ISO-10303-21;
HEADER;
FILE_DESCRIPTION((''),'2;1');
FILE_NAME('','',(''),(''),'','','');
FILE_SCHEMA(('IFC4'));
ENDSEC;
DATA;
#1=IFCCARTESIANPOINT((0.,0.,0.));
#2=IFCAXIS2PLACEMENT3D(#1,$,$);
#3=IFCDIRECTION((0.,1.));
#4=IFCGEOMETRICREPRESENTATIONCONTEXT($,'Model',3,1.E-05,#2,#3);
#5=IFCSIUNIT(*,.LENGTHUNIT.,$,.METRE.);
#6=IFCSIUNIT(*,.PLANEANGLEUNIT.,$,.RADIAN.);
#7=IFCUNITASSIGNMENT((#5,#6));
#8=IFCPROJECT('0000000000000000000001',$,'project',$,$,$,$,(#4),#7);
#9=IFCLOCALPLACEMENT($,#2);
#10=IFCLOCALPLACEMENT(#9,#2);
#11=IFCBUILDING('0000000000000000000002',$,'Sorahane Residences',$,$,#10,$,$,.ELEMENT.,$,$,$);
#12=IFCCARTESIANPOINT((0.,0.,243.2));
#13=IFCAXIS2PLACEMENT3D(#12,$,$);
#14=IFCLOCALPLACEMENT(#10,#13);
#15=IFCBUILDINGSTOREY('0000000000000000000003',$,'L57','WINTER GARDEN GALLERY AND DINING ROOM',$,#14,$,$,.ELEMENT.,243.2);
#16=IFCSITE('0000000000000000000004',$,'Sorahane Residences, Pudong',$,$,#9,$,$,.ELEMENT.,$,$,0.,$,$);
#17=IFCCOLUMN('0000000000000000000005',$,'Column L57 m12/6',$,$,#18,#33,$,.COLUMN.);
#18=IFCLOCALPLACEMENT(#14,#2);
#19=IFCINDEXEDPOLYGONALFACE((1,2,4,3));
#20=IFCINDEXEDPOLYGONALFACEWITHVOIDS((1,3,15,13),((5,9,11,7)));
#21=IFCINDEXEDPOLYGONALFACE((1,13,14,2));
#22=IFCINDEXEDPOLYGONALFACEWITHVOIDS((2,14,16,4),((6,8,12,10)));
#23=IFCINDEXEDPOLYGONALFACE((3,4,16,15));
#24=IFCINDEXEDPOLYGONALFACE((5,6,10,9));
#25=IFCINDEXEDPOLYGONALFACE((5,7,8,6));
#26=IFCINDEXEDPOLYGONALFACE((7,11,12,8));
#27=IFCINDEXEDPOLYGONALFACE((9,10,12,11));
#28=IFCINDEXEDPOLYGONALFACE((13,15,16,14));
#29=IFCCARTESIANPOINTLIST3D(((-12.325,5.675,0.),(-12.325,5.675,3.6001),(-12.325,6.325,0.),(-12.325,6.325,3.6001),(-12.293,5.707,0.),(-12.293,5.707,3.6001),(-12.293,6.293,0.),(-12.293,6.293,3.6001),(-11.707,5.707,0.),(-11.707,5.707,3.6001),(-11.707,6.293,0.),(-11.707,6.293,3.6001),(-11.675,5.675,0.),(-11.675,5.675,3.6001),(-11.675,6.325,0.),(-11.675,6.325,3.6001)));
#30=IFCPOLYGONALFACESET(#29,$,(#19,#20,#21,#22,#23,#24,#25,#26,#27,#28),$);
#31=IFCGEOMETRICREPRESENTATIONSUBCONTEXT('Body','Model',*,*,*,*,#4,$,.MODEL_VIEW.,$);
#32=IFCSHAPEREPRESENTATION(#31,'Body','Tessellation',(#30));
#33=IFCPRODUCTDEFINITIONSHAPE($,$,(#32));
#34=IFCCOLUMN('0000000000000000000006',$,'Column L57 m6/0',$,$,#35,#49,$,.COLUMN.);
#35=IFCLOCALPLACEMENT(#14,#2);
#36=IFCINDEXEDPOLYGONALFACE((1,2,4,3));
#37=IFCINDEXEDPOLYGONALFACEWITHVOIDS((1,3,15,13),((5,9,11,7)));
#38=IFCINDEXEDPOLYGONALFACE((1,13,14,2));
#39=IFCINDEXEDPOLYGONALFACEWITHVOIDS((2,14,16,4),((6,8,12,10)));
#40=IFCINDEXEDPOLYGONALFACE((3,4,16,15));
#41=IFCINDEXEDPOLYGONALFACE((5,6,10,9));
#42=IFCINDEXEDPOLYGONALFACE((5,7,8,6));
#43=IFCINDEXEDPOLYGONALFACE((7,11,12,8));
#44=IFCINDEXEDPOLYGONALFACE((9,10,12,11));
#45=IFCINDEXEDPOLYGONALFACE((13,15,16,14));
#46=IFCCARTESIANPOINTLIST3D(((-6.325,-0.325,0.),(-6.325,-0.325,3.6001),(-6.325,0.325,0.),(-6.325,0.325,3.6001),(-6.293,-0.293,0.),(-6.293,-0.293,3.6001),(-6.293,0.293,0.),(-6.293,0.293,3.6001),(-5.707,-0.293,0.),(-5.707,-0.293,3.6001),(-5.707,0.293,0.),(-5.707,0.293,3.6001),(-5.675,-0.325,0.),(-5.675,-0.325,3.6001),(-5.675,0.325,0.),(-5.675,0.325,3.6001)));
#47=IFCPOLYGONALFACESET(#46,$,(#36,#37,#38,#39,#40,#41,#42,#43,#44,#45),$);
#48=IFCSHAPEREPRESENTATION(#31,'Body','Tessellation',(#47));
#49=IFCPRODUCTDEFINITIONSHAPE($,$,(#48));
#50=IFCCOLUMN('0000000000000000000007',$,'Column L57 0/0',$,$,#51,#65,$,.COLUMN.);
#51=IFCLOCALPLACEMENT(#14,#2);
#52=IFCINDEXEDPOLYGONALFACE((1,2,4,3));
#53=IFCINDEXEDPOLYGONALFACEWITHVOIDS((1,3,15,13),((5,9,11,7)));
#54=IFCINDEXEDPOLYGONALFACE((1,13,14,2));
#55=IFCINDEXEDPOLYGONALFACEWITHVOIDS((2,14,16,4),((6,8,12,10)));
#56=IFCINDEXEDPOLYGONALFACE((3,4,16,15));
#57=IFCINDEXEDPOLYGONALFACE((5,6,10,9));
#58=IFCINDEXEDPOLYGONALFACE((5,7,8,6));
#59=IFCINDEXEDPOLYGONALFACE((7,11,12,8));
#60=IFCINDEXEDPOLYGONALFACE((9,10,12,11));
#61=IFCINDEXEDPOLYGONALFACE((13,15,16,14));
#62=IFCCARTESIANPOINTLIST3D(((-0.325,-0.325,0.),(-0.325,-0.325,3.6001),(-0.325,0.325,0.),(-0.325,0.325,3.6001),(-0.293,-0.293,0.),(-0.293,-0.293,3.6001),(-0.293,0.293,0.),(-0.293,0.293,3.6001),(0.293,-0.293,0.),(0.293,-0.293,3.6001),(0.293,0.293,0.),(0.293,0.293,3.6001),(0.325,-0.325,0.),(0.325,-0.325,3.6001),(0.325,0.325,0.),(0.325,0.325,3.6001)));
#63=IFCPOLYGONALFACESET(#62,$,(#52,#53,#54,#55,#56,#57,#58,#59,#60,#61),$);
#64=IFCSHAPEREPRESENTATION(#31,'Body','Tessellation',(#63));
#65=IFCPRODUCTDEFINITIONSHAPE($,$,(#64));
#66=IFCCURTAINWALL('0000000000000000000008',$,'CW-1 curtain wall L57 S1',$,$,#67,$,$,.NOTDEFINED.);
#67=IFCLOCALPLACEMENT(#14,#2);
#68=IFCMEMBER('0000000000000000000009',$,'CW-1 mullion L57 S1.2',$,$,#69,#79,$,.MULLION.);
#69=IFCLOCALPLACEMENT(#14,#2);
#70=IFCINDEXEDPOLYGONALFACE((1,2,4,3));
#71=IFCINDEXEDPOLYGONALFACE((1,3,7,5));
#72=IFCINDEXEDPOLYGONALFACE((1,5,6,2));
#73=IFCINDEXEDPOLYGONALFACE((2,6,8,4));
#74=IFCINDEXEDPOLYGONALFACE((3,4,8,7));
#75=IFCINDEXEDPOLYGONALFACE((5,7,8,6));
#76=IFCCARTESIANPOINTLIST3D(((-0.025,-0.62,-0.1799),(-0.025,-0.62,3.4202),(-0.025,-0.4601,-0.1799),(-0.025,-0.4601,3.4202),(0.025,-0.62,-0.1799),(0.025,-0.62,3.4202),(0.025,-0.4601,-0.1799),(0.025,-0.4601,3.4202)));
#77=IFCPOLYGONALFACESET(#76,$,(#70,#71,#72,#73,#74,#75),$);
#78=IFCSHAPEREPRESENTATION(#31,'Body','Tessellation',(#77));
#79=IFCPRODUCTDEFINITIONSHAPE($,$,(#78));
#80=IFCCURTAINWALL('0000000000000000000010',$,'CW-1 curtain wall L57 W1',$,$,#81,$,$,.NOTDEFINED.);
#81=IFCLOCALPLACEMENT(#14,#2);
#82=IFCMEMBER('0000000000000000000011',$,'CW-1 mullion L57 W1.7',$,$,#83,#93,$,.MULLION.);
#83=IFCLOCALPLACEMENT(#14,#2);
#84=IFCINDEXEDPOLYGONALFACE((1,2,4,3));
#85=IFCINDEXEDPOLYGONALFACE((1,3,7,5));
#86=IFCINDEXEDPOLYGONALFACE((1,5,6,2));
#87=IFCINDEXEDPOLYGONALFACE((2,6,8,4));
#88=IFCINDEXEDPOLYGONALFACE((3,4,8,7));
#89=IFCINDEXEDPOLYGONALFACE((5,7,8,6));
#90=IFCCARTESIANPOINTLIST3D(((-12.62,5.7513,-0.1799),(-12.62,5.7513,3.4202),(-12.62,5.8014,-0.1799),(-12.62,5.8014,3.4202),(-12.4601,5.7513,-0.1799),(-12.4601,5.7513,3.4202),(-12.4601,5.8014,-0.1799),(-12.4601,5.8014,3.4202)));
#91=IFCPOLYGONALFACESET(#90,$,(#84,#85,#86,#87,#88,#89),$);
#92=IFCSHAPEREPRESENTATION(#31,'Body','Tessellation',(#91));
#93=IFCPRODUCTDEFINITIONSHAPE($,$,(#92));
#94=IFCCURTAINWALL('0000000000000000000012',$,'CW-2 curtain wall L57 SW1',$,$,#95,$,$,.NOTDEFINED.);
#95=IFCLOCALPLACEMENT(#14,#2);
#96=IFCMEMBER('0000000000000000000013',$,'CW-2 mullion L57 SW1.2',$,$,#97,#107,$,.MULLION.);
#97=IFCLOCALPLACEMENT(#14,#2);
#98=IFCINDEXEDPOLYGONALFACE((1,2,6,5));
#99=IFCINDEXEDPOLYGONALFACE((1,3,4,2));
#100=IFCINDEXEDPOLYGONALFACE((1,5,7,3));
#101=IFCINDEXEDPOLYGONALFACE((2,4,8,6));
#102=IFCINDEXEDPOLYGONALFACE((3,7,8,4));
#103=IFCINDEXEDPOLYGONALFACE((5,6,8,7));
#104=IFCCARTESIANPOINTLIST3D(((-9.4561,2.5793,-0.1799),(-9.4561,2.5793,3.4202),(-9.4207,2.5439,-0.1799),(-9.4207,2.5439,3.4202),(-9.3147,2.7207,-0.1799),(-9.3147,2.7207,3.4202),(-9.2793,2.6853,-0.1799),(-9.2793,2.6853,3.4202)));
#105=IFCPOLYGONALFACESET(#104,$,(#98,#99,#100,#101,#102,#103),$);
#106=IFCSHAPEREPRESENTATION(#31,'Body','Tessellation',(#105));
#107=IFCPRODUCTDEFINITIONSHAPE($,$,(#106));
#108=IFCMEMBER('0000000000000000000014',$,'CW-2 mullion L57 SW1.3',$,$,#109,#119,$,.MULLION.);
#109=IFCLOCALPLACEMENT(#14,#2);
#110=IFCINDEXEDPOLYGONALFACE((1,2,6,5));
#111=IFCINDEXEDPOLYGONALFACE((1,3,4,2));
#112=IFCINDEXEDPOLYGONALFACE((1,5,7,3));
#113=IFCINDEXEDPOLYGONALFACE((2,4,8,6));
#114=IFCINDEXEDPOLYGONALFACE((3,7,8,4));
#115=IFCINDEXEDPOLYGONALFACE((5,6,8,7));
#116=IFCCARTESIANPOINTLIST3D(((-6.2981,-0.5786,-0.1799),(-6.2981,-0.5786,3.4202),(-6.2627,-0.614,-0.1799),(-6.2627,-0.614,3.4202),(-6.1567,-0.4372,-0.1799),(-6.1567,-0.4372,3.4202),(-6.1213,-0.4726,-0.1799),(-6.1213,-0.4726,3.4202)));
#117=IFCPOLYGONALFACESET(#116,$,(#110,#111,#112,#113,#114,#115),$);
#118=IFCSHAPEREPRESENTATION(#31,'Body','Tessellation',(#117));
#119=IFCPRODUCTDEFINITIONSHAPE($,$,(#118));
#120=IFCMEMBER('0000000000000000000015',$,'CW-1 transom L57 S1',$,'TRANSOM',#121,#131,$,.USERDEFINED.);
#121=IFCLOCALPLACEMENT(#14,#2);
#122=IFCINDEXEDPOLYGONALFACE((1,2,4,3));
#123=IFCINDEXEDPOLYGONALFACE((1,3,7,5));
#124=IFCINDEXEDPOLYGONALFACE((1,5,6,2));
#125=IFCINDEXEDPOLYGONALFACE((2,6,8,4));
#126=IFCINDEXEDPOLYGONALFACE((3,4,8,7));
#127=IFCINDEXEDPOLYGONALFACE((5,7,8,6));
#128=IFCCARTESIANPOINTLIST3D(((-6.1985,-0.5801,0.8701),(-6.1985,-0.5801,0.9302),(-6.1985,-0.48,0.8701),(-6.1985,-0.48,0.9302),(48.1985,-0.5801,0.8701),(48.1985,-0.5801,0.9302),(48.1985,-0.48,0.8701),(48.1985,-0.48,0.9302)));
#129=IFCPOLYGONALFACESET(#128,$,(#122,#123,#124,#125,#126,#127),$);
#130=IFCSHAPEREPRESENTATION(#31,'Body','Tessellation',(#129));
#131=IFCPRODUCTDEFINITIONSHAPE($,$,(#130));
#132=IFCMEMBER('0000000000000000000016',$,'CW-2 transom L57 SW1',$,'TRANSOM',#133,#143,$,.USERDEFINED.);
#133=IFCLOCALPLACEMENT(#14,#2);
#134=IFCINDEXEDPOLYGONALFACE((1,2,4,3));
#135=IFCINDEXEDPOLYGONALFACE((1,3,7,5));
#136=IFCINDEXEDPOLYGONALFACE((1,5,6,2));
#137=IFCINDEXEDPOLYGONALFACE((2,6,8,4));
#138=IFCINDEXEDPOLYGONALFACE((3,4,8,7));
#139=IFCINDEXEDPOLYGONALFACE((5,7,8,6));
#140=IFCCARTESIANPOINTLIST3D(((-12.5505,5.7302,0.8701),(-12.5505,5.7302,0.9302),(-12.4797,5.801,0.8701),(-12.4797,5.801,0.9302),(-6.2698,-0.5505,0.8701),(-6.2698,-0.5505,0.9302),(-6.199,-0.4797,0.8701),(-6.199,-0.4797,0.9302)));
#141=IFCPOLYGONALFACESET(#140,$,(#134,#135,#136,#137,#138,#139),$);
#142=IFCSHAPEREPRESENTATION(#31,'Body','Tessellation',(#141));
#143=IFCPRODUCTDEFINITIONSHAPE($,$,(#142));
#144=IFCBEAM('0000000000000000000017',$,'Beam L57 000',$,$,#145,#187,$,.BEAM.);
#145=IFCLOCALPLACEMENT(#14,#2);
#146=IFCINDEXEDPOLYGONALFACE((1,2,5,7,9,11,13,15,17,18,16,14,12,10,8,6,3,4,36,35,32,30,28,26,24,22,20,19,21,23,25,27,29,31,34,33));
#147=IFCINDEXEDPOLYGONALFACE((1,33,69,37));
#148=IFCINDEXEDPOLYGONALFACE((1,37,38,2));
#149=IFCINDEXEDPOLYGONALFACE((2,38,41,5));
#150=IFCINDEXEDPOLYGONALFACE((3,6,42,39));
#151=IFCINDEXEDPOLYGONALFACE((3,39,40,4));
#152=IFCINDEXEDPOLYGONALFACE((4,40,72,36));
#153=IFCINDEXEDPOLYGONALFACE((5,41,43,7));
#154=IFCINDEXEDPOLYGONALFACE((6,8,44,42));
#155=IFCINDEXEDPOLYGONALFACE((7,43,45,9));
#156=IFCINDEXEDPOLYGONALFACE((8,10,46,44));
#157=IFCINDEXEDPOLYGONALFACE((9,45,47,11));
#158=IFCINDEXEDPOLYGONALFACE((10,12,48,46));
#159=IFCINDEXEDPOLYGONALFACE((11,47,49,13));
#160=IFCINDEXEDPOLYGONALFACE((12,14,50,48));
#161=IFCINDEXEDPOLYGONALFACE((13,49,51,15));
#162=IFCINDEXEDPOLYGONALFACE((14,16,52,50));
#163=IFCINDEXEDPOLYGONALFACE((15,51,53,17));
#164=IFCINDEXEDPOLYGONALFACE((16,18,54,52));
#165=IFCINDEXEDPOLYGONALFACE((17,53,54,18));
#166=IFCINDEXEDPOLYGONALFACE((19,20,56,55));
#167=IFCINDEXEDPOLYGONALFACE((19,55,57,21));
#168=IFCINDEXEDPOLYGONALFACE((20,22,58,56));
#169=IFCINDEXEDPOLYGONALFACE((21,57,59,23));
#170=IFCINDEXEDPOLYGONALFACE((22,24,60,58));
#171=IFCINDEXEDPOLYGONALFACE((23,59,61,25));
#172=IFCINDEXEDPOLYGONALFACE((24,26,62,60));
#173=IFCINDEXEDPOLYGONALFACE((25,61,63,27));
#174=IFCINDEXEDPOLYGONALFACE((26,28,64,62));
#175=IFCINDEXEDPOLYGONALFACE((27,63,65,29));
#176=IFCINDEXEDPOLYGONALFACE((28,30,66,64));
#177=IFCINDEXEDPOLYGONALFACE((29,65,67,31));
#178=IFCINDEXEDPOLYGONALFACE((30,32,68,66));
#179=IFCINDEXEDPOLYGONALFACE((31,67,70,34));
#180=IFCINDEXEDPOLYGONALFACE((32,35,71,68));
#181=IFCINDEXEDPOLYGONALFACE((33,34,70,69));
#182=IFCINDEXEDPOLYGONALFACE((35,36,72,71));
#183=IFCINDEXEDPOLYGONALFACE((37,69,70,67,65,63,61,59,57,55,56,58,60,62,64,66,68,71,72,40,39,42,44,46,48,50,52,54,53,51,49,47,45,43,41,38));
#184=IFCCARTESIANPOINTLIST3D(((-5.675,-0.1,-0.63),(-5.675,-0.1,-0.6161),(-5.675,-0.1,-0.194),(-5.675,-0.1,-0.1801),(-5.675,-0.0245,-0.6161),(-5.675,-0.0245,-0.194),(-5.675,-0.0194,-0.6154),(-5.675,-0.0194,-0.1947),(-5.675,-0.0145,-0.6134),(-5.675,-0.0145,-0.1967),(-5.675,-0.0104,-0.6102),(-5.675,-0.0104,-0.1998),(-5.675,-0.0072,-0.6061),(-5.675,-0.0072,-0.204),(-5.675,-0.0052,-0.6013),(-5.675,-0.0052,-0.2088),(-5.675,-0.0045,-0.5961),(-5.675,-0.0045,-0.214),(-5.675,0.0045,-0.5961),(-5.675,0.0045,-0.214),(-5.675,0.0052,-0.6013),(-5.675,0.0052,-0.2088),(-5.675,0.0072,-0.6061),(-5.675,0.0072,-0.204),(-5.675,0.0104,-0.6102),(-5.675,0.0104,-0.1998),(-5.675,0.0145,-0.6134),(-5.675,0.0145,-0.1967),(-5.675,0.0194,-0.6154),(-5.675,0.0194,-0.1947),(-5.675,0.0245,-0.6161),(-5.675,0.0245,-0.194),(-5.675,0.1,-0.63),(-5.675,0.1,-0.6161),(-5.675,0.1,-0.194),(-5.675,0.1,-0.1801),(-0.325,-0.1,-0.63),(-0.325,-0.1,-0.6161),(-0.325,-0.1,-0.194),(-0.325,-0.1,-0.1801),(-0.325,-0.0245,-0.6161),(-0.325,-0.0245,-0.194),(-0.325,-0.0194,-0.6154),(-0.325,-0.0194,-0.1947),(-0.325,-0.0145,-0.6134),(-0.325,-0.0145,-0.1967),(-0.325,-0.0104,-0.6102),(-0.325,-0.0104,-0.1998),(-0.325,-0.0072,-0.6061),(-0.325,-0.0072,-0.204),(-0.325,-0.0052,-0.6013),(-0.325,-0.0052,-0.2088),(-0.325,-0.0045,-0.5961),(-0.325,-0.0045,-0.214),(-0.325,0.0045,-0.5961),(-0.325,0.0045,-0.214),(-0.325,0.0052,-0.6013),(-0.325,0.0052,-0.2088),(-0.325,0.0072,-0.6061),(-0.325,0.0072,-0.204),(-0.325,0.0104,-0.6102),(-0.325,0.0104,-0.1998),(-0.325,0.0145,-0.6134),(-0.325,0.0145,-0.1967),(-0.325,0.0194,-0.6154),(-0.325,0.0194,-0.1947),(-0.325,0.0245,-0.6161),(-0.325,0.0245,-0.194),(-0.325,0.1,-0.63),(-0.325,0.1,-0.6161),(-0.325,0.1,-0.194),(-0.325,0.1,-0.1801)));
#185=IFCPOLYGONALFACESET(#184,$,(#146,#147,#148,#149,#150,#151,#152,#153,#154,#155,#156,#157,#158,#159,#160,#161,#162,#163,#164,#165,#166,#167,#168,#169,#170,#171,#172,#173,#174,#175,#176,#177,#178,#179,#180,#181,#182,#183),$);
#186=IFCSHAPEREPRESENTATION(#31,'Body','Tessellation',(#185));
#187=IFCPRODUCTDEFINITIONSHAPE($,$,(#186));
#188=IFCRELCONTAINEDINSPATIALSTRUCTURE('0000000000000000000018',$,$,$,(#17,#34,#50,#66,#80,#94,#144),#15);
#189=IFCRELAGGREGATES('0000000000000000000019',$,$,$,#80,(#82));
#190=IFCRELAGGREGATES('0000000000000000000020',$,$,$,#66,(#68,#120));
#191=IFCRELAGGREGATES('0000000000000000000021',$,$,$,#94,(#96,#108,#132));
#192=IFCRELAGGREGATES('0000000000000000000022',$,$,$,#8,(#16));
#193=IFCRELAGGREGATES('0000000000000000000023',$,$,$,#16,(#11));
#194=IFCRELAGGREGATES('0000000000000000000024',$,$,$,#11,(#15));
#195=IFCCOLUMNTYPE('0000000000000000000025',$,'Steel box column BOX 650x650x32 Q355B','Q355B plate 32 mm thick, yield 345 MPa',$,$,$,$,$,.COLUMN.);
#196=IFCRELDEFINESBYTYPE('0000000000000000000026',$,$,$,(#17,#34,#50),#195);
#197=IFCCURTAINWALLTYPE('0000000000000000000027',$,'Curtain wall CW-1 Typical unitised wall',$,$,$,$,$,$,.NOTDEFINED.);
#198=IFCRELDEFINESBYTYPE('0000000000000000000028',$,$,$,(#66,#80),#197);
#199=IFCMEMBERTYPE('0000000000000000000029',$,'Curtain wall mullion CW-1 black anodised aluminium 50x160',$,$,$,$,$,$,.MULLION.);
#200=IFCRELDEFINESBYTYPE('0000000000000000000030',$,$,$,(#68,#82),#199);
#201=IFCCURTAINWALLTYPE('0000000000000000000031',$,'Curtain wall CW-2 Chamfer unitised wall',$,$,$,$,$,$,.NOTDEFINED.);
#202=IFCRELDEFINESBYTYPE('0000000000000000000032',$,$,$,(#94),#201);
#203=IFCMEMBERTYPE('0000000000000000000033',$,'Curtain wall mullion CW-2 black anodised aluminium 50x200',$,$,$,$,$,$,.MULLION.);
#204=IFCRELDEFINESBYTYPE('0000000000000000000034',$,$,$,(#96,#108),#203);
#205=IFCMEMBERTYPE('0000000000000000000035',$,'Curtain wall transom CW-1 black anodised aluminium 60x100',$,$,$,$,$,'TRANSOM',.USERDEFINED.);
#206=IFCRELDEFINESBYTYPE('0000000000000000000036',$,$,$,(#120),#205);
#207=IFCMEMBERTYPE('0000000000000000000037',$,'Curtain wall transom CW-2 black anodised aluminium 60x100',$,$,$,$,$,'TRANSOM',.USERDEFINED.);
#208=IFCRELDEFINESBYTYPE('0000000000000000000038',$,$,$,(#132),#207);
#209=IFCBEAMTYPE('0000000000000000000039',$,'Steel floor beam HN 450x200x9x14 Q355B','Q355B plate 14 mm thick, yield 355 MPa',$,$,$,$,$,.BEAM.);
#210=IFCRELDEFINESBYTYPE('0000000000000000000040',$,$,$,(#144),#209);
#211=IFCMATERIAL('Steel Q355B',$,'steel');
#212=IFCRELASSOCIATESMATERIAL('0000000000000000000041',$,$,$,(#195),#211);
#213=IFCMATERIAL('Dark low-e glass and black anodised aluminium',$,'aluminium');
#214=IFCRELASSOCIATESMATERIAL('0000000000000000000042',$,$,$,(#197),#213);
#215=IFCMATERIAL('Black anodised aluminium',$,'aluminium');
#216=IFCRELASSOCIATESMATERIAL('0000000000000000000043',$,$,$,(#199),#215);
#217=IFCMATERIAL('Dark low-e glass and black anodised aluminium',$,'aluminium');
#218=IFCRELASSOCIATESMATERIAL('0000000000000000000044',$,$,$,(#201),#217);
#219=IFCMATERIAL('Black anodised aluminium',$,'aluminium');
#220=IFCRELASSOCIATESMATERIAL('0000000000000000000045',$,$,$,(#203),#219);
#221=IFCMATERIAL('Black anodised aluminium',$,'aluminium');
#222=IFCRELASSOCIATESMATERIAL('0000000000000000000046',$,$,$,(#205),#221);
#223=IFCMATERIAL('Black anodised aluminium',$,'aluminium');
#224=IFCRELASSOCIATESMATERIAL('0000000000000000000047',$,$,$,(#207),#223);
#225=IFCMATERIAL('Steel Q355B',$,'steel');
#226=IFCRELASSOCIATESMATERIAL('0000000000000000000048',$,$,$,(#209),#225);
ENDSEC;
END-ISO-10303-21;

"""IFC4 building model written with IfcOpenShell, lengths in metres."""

from ifc_helpers import new_model, si_unit, direction, frame, origin, origin_2d, place, context, subcontext, project, spatial, rectangle, hollow_rectangle, i_section, extrude, material, material_profile, profile_set, type_object, element, aggregate, save


model = new_model("IFC4")

# Units and contexts
model_context = context("Model", 3, precision=1e-05, world=origin(), true_north=direction((0.0, 1.0)))
body_context = subcontext(model_context, "Body", "Model", "MODEL_VIEW")
ifc_project = project(units=[si_unit("LENGTHUNIT", "METRE"), si_unit("PLANEANGLEUNIT", "RADIAN")], contexts=[model_context])

# Site, building, storey
site_placement = place(None, origin())
site = spatial("IfcSite", under=ifc_project, at=site_placement, Name="Sorahane Residences, Pudong", CompositionType="ELEMENT", RefElevation=0.0)
building_placement = place(site_placement, origin())
building = spatial("IfcBuilding", under=site, at=building_placement, Name="Sorahane Residences", CompositionType="ELEMENT")
storey_placement = place(building_placement, frame((0.0, 0.0, 243.2)))
storey = spatial("IfcBuildingStorey", under=building, at=storey_placement, Name="L57", Description="WINTER GARDEN GALLERY AND DINING ROOM", CompositionType="ELEMENT", Elevation=243.2)

# Columns
ifc_material_1 = material(Name="Steel Q355B", Category="steel")
ifc_material_profile_1 = material_profile(ifc_material_1, hollow_rectangle(XDim=0.6499, YDim=0.6499, WallThickness=0.032, at=origin_2d()), Name="BOX 650x650x32")
ifc_profile_set_1 = profile_set([ifc_material_profile_1], Name="Steel Q355B")
column_type = type_object("IfcColumnType", Name="Steel box column BOX 650x650x32 Q355B", Description="Q355B plate 32 mm thick, yield 345 MPa", PredefinedType="COLUMN", material=ifc_profile_set_1)
for number, where, z_axis, x_axis, name in (
    (1, (-12.0, 6.0, 0.0), (0.0, 0.0, 1.0), (1.0, 0.0, 0.0), "Column L57 m12/6"),
    (2, (-6.0, 0.0, 0.0), (0.0, 0.0, 1.0), (1.0, 0.0, 0.0), "Column L57 m6/0"),
    (3, (0.0, 0.0, 0.0), (0.0, 0.0, 1.0), (1.0, 0.0, 0.0), "Column L57 0/0"),
):
    element("IfcColumn", number, at=place(storey_placement, frame(where, z_axis=z_axis, x_axis=x_axis)), inside=storey, type_object=column_type, Name=name, PredefinedType="COLUMN", context=body_context, shape_type="SweptSolid", body=[
        extrude(hollow_rectangle(XDim=0.6499, YDim=0.6499, WallThickness=0.032, at=origin_2d()), origin(), (0.0, 0.0, 1.0), 3.6001),
    ])

# Curtain walls, members
ifc_material_2 = material(Name="Dark low-e glass and black anodised aluminium", Category="aluminium")
curtain_wall_type_1 = type_object("IfcCurtainWallType", Name="Curtain wall CW-1 Typical unitised wall", PredefinedType="NOTDEFINED", material=ifc_material_2)
curtain_wall_1_placement = place(storey_placement, origin())
curtain_wall_1 = element("IfcCurtainWall", 4, at=curtain_wall_1_placement, inside=storey, type_object=curtain_wall_type_1, Name="CW-1 curtain wall L57 S1", PredefinedType="NOTDEFINED")
ifc_material_3 = material(Name="Black anodised aluminium", Category="aluminium")
ifc_material_profile_2 = material_profile(ifc_material_3, rectangle(XDim=0.1599, YDim=0.05, at=origin_2d()), Name="Curtain wall mullion CW-1 black anodised aluminium 50x160")
ifc_profile_set_2 = profile_set([ifc_material_profile_2], Name="Black anodised aluminium")
member_type_1 = type_object("IfcMemberType", Name="Curtain wall mullion CW-1 black anodised aluminium 50x160", PredefinedType="MULLION", material=ifc_profile_set_2)
member_1_placement = place(storey_placement, frame((0.0, -0.54, -0.1799), z_axis=(0.0, 0.0, 1.0), x_axis=(0.0, -1.0, 0.0)))
member_1 = element("IfcMember", 5, at=member_1_placement, type_object=member_type_1, Name="CW-1 mullion L57 S1.2", PredefinedType="MULLION", context=body_context, shape_type="SweptSolid", body=[
    extrude(rectangle(XDim=0.1599, YDim=0.05, at=origin_2d()), origin(), (0.0, 0.0, 1.0), 3.6001),
])
curtain_wall_2_placement = place(storey_placement, origin())
curtain_wall_2 = element("IfcCurtainWall", 6, at=curtain_wall_2_placement, inside=storey, type_object=curtain_wall_type_1, Name="CW-1 curtain wall L57 W1", PredefinedType="NOTDEFINED")
member_2_placement = place(storey_placement, frame((-12.54, 5.7764, -0.1799), z_axis=(0.0, 0.0, 1.0), x_axis=(-1.0, 0.0, 0.0)))
member_2 = element("IfcMember", 7, at=member_2_placement, type_object=member_type_1, Name="CW-1 mullion L57 W1.7", PredefinedType="MULLION", context=body_context, shape_type="SweptSolid", body=[
    extrude(rectangle(XDim=0.1599, YDim=0.05, at=origin_2d()), origin(), (0.0, 0.0, 1.0), 3.6001),
])
aggregate(curtain_wall_2, [member_2])

# Curtain wall, members
ifc_material_4 = material(Name="Dark low-e glass and black anodised aluminium", Category="aluminium")
curtain_wall_type_2 = type_object("IfcCurtainWallType", Name="Curtain wall CW-2 Chamfer unitised wall", PredefinedType="NOTDEFINED", material=ifc_material_4)
curtain_wall_3_placement = place(storey_placement, origin())
curtain_wall_3 = element("IfcCurtainWall", 8, at=curtain_wall_3_placement, inside=storey, type_object=curtain_wall_type_2, Name="CW-2 curtain wall L57 SW1", PredefinedType="NOTDEFINED")
ifc_material_5 = material(Name="Black anodised aluminium", Category="aluminium")
ifc_material_profile_3 = material_profile(ifc_material_5, rectangle(XDim=0.2, YDim=0.05, at=origin_2d()), Name="Curtain wall mullion CW-2 black anodised aluminium 50x200")
ifc_profile_set_3 = profile_set([ifc_material_profile_3], Name="Black anodised aluminium")
member_type_2 = type_object("IfcMemberType", Name="Curtain wall mullion CW-2 black anodised aluminium 50x200", PredefinedType="MULLION", material=ifc_profile_set_3)
member_3_placement = place(storey_placement, frame((-9.3677, 2.6323, -0.1799), z_axis=(0.0, 0.0, 1.0), x_axis=(-0.707107, -0.707107, 0.0)))
member_3 = element("IfcMember", 9, at=member_3_placement, type_object=member_type_2, Name="CW-2 mullion L57 SW1.2", PredefinedType="MULLION", context=body_context, shape_type="SweptSolid", body=[
    extrude(rectangle(XDim=0.2, YDim=0.05, at=origin_2d()), origin(), (0.0, 0.0, 1.0), 3.6001),
])
member_4_placement = place(storey_placement, frame((-6.2097, -0.5256, -0.1799), z_axis=(0.0, 0.0, 1.0), x_axis=(-0.707107, -0.707107, 0.0)))
member_4 = element("IfcMember", 10, at=member_4_placement, type_object=member_type_2, Name="CW-2 mullion L57 SW1.3", PredefinedType="MULLION", context=body_context, shape_type="SweptSolid", body=[
    extrude(rectangle(XDim=0.2, YDim=0.05, at=origin_2d()), origin(), (0.0, 0.0, 1.0), 3.6001),
])

# Members
ifc_material_6 = material(Name="Black anodised aluminium", Category="aluminium")
ifc_material_profile_4 = material_profile(ifc_material_6, rectangle(XDim=0.1001, YDim=0.0601, at=origin_2d()), Name="Curtain wall transom CW-1 black anodised aluminium 60x100")
ifc_profile_set_4 = profile_set([ifc_material_profile_4], Name="Black anodised aluminium")
member_type_3 = type_object("IfcMemberType", Name="Curtain wall transom CW-1 black anodised aluminium 60x100", ElementType="TRANSOM", PredefinedType="USERDEFINED", material=ifc_profile_set_4)
member_5_placement = place(storey_placement, frame((-6.1985, -0.53, 0.9001), z_axis=(1.0, 0.0, 0.0), x_axis=(0.0, 1.0, 0.0)))
member_5 = element("IfcMember", 11, at=member_5_placement, type_object=member_type_3, Name="CW-1 transom L57 S1", ObjectType="TRANSOM", PredefinedType="USERDEFINED", context=body_context, shape_type="SweptSolid", body=[
    extrude(rectangle(XDim=0.1001, YDim=0.0601, at=origin_2d()), origin(), (0.0, 0.0, 1.0), 54.397),
])
ifc_material_7 = material(Name="Black anodised aluminium", Category="aluminium")
ifc_material_profile_5 = material_profile(ifc_material_7, rectangle(XDim=0.1001, YDim=0.0601, at=origin_2d()), Name="Curtain wall transom CW-2 black anodised aluminium 60x100")
ifc_profile_set_5 = profile_set([ifc_material_profile_5], Name="Black anodised aluminium")
member_type_4 = type_object("IfcMemberType", Name="Curtain wall transom CW-2 black anodised aluminium 60x100", ElementType="TRANSOM", PredefinedType="USERDEFINED", material=ifc_profile_set_5)
member_6_placement = place(storey_placement, frame((-12.5151, 5.7656, 0.9001), z_axis=(0.707107, -0.707107, 0.0), x_axis=(0.707107, 0.707107, 0.0)))
member_6 = element("IfcMember", 12, at=member_6_placement, type_object=member_type_4, Name="CW-2 transom L57 SW1", ObjectType="TRANSOM", PredefinedType="USERDEFINED", context=body_context, shape_type="SweptSolid", body=[
    extrude(rectangle(XDim=0.1001, YDim=0.0601, at=origin_2d()), origin(), (0.0, 0.0, 1.0), 8.8823),
])

# Beam
ifc_material_8 = material(Name="Steel Q355B", Category="steel")
ifc_material_profile_6 = material_profile(ifc_material_8, i_section(OverallWidth=0.2, OverallDepth=0.45, WebThickness=0.009, FlangeThickness=0.0139, FilletRadius=0.02, at=origin_2d()), Name="HN 450x200x9x14")
ifc_profile_set_6 = profile_set([ifc_material_profile_6], Name="Steel Q355B")
beam_type_1 = type_object("IfcBeamType", Name="Steel floor beam HN 450x200x9x14 Q355B", Description="Q355B plate 14 mm thick, yield 355 MPa", PredefinedType="BEAM", material=ifc_profile_set_6)
beam_1_placement = place(storey_placement, frame((-5.675, 0.0, -0.405), z_axis=(1.0, 0.0, 0.0), x_axis=(0.0, 1.0, 0.0)))
element("IfcBeam", 13, at=beam_1_placement, inside=storey, type_object=beam_type_1, Name="Beam L57 000", PredefinedType="BEAM", context=body_context, shape_type="SweptSolid", body=[
    extrude(i_section(OverallWidth=0.2, OverallDepth=0.45, WebThickness=0.009, FlangeThickness=0.0139, FilletRadius=0.02, at=origin_2d()), origin(), (0.0, 0.0, 1.0), 5.3501),
])

aggregate(curtain_wall_1, [member_1, member_5])
aggregate(curtain_wall_3, [member_3, member_4, member_6])

save(model, "model.ifc")
